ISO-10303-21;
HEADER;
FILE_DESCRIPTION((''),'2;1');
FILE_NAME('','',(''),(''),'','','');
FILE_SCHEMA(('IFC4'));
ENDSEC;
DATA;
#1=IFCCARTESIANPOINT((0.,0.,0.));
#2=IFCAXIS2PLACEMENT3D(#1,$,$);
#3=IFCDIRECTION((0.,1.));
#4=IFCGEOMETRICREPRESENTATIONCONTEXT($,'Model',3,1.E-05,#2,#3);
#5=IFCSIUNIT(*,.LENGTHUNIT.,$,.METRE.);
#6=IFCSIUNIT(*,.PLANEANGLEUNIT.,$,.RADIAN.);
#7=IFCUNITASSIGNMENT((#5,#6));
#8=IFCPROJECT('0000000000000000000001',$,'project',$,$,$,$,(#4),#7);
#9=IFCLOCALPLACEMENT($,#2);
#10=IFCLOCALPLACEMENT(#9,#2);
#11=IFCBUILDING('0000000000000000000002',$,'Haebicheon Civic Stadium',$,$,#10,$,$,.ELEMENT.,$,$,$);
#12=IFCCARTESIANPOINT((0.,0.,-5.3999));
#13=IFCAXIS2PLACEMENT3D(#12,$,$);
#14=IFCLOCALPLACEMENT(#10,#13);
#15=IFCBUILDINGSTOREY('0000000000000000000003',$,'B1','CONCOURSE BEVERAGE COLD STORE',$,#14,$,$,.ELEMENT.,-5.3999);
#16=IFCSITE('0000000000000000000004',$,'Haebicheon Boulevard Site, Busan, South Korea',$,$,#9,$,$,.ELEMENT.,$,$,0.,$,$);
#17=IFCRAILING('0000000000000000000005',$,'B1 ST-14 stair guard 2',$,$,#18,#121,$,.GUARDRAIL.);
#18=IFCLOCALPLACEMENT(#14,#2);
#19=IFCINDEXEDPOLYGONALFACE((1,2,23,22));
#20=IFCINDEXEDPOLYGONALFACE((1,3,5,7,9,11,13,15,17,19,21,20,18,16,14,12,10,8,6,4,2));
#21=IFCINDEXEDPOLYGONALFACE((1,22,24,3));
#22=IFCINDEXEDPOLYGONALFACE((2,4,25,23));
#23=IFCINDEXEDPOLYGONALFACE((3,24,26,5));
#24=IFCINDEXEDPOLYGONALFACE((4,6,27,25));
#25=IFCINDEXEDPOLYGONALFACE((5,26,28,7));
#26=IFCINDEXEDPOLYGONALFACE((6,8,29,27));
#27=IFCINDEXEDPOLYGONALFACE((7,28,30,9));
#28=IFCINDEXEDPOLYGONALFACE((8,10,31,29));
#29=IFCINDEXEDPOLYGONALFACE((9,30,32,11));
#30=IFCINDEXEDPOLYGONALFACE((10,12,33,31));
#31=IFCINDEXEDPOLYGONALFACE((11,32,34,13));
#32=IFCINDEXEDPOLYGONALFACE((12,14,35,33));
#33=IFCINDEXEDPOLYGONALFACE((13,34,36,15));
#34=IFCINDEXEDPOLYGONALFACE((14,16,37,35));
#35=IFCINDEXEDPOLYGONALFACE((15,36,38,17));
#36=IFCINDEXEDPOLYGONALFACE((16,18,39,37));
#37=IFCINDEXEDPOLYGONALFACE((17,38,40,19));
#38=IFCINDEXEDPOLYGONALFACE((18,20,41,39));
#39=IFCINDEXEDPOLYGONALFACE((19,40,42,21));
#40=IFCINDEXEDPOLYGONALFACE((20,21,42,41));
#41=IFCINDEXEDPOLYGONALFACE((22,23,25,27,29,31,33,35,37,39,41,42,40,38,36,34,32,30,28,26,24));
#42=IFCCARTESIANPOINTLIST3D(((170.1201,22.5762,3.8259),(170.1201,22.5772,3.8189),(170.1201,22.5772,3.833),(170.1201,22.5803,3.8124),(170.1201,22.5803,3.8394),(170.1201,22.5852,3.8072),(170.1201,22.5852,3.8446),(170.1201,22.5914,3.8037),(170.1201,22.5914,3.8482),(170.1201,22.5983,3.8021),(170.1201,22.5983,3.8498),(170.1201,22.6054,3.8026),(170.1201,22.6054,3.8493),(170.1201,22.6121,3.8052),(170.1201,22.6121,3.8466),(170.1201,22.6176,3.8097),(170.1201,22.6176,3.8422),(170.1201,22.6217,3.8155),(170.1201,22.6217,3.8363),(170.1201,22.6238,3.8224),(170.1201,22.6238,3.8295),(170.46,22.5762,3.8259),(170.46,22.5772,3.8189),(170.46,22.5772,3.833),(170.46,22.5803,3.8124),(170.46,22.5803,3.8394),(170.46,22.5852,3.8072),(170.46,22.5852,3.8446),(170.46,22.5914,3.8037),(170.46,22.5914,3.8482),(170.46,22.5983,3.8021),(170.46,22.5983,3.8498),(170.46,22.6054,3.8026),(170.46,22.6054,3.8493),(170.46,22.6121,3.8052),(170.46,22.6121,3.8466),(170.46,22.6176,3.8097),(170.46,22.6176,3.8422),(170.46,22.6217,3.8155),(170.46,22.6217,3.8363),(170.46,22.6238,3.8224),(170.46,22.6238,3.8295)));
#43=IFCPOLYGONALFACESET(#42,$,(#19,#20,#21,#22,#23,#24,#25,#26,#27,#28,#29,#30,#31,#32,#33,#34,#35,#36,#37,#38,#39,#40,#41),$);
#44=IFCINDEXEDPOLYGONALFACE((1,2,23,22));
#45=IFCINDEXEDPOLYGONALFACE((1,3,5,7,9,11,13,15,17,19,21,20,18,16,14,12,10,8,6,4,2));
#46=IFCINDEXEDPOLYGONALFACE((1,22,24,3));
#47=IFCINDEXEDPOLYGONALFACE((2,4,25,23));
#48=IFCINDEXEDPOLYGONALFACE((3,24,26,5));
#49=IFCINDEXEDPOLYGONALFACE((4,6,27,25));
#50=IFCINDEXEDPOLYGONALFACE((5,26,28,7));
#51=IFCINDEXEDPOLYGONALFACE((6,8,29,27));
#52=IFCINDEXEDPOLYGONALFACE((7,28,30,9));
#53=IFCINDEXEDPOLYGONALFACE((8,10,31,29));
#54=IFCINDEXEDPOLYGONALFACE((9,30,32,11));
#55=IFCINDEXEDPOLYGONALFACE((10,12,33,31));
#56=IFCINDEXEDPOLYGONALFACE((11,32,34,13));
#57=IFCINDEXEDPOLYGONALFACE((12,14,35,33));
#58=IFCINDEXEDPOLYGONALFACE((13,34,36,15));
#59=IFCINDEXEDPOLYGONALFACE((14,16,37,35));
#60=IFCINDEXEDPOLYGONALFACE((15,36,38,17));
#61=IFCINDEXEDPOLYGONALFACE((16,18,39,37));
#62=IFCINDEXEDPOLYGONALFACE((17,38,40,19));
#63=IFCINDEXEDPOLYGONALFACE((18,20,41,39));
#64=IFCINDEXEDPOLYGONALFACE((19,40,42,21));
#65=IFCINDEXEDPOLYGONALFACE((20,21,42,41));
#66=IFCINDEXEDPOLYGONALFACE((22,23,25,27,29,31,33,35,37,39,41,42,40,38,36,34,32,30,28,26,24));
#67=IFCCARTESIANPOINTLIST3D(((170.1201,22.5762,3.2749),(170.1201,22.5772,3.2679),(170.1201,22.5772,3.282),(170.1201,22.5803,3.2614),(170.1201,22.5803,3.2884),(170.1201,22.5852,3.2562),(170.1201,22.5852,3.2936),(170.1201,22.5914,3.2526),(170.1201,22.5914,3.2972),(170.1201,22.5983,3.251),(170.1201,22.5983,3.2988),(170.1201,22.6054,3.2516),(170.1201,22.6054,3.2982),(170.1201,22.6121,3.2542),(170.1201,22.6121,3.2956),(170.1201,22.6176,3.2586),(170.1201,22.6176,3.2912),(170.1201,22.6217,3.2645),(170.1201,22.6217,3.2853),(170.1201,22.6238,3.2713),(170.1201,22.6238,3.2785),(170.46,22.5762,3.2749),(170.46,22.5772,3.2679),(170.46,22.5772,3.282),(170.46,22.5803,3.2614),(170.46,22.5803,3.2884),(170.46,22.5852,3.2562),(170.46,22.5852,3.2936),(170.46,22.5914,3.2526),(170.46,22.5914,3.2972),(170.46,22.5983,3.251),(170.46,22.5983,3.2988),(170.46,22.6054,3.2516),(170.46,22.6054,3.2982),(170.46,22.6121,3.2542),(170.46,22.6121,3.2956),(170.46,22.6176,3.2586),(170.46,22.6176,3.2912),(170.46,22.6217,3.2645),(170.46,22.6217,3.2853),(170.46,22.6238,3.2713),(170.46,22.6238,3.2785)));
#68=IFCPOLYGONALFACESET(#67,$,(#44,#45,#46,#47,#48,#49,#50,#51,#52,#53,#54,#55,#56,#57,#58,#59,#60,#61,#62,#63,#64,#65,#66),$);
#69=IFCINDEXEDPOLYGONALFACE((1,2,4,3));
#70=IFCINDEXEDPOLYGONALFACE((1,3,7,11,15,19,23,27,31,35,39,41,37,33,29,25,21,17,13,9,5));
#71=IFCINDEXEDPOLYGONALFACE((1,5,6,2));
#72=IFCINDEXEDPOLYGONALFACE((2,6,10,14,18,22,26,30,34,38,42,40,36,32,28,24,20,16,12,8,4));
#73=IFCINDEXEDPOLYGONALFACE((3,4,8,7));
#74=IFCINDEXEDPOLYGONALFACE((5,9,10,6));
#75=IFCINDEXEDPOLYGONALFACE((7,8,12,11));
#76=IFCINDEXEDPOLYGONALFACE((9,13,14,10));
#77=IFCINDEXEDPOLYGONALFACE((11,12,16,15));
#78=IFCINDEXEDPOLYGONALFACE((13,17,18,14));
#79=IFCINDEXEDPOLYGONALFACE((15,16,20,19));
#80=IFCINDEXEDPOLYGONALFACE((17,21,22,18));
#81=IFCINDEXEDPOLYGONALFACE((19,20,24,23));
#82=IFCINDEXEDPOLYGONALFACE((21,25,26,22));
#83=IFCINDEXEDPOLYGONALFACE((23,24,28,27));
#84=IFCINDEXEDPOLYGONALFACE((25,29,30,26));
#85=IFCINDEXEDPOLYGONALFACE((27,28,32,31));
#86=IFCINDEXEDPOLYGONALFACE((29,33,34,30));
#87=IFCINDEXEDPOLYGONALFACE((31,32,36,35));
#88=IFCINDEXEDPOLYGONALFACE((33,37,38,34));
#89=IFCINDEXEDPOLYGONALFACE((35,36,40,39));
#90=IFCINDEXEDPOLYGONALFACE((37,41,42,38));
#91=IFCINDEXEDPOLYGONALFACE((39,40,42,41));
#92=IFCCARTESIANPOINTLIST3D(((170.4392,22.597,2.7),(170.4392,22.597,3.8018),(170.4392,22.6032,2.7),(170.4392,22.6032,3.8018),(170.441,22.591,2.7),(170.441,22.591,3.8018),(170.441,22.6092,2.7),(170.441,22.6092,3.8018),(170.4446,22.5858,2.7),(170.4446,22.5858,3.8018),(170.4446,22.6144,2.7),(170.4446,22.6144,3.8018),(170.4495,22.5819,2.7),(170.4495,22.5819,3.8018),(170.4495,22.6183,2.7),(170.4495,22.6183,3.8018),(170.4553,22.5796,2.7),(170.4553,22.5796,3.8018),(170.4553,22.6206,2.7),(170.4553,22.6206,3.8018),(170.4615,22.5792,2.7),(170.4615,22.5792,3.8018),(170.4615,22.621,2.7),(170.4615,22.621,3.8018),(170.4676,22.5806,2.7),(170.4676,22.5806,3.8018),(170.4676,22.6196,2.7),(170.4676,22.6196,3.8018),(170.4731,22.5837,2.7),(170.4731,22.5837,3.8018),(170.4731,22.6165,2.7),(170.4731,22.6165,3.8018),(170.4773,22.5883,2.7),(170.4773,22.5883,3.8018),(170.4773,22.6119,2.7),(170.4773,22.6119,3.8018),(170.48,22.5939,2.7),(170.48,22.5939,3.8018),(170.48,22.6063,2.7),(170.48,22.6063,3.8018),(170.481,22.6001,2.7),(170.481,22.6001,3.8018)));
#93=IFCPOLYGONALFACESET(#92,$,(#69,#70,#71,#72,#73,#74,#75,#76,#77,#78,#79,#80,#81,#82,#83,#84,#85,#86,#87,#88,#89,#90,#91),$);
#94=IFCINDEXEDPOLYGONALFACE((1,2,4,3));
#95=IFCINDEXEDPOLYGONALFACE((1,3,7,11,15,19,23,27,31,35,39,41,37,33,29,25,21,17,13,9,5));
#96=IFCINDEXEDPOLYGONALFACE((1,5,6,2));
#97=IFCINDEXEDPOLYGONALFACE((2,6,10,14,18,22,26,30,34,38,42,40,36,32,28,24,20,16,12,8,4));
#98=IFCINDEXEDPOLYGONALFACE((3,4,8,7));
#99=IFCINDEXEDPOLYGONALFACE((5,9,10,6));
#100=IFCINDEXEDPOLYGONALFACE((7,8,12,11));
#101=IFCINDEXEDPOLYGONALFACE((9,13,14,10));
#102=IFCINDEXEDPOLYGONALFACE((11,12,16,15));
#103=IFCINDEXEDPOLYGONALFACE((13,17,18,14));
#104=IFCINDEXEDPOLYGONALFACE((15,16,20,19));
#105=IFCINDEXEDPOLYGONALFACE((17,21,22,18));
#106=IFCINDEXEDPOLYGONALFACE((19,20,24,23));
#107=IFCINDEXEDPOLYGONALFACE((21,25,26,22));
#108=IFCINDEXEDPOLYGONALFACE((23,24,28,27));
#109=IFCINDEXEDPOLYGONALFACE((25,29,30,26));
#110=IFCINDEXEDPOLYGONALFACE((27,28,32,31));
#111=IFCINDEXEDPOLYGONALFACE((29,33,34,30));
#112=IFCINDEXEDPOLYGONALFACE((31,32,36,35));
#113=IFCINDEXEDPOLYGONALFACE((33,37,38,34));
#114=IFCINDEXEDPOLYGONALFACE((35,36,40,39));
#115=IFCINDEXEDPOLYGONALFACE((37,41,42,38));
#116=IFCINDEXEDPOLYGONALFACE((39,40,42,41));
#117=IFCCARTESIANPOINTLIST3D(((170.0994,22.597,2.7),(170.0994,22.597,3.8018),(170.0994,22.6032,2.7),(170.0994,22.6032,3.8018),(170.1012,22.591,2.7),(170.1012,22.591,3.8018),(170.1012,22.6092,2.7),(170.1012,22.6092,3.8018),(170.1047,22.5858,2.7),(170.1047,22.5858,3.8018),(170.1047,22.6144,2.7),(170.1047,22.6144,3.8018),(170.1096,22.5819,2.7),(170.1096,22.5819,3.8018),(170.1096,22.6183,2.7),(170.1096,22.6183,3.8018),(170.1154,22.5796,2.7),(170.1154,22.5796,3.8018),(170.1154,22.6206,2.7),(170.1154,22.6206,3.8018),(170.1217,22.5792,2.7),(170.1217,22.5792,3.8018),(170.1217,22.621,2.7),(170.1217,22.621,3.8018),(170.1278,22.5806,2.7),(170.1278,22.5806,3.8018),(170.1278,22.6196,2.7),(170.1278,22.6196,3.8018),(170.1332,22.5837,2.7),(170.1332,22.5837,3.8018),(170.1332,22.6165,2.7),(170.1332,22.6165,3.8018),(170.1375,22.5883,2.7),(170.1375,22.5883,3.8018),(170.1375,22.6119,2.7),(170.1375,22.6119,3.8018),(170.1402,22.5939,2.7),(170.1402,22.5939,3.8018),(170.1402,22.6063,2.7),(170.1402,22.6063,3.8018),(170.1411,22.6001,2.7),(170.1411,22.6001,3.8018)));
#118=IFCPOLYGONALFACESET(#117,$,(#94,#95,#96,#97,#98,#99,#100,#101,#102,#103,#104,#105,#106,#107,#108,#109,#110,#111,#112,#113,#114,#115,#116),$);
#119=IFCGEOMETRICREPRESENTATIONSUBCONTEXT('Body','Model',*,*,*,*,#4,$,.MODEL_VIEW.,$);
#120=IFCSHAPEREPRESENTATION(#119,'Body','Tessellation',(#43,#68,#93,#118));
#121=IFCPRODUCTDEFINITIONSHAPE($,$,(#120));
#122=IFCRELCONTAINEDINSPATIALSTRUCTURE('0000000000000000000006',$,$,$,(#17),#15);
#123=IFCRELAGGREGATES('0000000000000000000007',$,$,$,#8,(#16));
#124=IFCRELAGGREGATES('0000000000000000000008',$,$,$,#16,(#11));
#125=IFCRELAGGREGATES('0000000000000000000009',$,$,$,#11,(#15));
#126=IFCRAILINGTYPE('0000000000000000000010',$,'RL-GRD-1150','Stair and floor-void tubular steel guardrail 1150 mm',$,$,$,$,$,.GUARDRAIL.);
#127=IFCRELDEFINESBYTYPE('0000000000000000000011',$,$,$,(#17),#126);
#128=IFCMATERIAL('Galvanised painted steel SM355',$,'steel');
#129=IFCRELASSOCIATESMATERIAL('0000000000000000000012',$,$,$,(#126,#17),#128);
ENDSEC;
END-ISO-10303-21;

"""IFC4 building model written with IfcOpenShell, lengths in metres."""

from ifc_helpers import new_model, si_unit, direction, frame, origin, origin_2d, place, context, subcontext, project, spatial, circle, extrude, material, type_object, element, save


model = new_model("IFC4")

# Units and contexts
model_context = context("Model", 3, precision=1e-05, world=origin(), true_north=direction((0.0, 1.0)))
body_context = subcontext(model_context, "Body", "Model", "MODEL_VIEW")
ifc_project = project(units=[si_unit("LENGTHUNIT", "METRE"), si_unit("PLANEANGLEUNIT", "RADIAN")], contexts=[model_context])

# Site, building, storey
site_placement = place(None, origin())
site = spatial("IfcSite", under=ifc_project, at=site_placement, Name="Haebicheon Boulevard Site, Busan, South Korea", CompositionType="ELEMENT", RefElevation=0.0)
building_placement = place(site_placement, origin())
building = spatial("IfcBuilding", under=site, at=building_placement, Name="Haebicheon Civic Stadium", CompositionType="ELEMENT")
storey_placement = place(building_placement, frame((0.0, 0.0, -5.3999)))
storey = spatial("IfcBuildingStorey", under=building, at=storey_placement, Name="B1", Description="CONCOURSE BEVERAGE COLD STORE", CompositionType="ELEMENT", Elevation=-5.3999)

# Railing
ifc_material_1 = material(Name="Galvanised painted steel SM355", Category="steel")
railing_type_1 = type_object("IfcRailingType", Name="RL-GRD-1150", Description="Stair and floor-void tubular steel guardrail 1150 mm", PredefinedType="GUARDRAIL", material=ifc_material_1)
railing_1_placement = place(storey_placement, frame((170.46, 22.6001, 2.7)))
element("IfcRailing", 1, at=railing_1_placement, inside=storey, type_object=railing_type_1, material=ifc_material_1, Name="B1 ST-14 stair guard 2", PredefinedType="GUARDRAIL", context=body_context, shape_type="SweptSolid", body=[
    extrude(circle(Radius=0.0239, at=origin_2d()), frame((0.0, 0.0, 1.126), z_axis=(-1.0, 0.0, 0.0), x_axis=(0.0, -1.0, 0.0)), (0.0, 0.0, 1.0), 0.3398),
    extrude(circle(Radius=0.0239, at=origin_2d()), frame((0.0, 0.0, 0.575), z_axis=(-1.0, 0.0, 0.0), x_axis=(0.0, -1.0, 0.0)), (0.0, 0.0, 1.0), 0.3398),
    extrude(circle(Radius=0.021, at=origin_2d()), origin(), (0.0, 0.0, 1.0), 1.1018),
    extrude(circle(Radius=0.021, at=origin_2d()), frame((-0.3398, 0.0, 0.0)), (0.0, 0.0, 1.0), 1.1018),
])

save(model, "model.ifc")
